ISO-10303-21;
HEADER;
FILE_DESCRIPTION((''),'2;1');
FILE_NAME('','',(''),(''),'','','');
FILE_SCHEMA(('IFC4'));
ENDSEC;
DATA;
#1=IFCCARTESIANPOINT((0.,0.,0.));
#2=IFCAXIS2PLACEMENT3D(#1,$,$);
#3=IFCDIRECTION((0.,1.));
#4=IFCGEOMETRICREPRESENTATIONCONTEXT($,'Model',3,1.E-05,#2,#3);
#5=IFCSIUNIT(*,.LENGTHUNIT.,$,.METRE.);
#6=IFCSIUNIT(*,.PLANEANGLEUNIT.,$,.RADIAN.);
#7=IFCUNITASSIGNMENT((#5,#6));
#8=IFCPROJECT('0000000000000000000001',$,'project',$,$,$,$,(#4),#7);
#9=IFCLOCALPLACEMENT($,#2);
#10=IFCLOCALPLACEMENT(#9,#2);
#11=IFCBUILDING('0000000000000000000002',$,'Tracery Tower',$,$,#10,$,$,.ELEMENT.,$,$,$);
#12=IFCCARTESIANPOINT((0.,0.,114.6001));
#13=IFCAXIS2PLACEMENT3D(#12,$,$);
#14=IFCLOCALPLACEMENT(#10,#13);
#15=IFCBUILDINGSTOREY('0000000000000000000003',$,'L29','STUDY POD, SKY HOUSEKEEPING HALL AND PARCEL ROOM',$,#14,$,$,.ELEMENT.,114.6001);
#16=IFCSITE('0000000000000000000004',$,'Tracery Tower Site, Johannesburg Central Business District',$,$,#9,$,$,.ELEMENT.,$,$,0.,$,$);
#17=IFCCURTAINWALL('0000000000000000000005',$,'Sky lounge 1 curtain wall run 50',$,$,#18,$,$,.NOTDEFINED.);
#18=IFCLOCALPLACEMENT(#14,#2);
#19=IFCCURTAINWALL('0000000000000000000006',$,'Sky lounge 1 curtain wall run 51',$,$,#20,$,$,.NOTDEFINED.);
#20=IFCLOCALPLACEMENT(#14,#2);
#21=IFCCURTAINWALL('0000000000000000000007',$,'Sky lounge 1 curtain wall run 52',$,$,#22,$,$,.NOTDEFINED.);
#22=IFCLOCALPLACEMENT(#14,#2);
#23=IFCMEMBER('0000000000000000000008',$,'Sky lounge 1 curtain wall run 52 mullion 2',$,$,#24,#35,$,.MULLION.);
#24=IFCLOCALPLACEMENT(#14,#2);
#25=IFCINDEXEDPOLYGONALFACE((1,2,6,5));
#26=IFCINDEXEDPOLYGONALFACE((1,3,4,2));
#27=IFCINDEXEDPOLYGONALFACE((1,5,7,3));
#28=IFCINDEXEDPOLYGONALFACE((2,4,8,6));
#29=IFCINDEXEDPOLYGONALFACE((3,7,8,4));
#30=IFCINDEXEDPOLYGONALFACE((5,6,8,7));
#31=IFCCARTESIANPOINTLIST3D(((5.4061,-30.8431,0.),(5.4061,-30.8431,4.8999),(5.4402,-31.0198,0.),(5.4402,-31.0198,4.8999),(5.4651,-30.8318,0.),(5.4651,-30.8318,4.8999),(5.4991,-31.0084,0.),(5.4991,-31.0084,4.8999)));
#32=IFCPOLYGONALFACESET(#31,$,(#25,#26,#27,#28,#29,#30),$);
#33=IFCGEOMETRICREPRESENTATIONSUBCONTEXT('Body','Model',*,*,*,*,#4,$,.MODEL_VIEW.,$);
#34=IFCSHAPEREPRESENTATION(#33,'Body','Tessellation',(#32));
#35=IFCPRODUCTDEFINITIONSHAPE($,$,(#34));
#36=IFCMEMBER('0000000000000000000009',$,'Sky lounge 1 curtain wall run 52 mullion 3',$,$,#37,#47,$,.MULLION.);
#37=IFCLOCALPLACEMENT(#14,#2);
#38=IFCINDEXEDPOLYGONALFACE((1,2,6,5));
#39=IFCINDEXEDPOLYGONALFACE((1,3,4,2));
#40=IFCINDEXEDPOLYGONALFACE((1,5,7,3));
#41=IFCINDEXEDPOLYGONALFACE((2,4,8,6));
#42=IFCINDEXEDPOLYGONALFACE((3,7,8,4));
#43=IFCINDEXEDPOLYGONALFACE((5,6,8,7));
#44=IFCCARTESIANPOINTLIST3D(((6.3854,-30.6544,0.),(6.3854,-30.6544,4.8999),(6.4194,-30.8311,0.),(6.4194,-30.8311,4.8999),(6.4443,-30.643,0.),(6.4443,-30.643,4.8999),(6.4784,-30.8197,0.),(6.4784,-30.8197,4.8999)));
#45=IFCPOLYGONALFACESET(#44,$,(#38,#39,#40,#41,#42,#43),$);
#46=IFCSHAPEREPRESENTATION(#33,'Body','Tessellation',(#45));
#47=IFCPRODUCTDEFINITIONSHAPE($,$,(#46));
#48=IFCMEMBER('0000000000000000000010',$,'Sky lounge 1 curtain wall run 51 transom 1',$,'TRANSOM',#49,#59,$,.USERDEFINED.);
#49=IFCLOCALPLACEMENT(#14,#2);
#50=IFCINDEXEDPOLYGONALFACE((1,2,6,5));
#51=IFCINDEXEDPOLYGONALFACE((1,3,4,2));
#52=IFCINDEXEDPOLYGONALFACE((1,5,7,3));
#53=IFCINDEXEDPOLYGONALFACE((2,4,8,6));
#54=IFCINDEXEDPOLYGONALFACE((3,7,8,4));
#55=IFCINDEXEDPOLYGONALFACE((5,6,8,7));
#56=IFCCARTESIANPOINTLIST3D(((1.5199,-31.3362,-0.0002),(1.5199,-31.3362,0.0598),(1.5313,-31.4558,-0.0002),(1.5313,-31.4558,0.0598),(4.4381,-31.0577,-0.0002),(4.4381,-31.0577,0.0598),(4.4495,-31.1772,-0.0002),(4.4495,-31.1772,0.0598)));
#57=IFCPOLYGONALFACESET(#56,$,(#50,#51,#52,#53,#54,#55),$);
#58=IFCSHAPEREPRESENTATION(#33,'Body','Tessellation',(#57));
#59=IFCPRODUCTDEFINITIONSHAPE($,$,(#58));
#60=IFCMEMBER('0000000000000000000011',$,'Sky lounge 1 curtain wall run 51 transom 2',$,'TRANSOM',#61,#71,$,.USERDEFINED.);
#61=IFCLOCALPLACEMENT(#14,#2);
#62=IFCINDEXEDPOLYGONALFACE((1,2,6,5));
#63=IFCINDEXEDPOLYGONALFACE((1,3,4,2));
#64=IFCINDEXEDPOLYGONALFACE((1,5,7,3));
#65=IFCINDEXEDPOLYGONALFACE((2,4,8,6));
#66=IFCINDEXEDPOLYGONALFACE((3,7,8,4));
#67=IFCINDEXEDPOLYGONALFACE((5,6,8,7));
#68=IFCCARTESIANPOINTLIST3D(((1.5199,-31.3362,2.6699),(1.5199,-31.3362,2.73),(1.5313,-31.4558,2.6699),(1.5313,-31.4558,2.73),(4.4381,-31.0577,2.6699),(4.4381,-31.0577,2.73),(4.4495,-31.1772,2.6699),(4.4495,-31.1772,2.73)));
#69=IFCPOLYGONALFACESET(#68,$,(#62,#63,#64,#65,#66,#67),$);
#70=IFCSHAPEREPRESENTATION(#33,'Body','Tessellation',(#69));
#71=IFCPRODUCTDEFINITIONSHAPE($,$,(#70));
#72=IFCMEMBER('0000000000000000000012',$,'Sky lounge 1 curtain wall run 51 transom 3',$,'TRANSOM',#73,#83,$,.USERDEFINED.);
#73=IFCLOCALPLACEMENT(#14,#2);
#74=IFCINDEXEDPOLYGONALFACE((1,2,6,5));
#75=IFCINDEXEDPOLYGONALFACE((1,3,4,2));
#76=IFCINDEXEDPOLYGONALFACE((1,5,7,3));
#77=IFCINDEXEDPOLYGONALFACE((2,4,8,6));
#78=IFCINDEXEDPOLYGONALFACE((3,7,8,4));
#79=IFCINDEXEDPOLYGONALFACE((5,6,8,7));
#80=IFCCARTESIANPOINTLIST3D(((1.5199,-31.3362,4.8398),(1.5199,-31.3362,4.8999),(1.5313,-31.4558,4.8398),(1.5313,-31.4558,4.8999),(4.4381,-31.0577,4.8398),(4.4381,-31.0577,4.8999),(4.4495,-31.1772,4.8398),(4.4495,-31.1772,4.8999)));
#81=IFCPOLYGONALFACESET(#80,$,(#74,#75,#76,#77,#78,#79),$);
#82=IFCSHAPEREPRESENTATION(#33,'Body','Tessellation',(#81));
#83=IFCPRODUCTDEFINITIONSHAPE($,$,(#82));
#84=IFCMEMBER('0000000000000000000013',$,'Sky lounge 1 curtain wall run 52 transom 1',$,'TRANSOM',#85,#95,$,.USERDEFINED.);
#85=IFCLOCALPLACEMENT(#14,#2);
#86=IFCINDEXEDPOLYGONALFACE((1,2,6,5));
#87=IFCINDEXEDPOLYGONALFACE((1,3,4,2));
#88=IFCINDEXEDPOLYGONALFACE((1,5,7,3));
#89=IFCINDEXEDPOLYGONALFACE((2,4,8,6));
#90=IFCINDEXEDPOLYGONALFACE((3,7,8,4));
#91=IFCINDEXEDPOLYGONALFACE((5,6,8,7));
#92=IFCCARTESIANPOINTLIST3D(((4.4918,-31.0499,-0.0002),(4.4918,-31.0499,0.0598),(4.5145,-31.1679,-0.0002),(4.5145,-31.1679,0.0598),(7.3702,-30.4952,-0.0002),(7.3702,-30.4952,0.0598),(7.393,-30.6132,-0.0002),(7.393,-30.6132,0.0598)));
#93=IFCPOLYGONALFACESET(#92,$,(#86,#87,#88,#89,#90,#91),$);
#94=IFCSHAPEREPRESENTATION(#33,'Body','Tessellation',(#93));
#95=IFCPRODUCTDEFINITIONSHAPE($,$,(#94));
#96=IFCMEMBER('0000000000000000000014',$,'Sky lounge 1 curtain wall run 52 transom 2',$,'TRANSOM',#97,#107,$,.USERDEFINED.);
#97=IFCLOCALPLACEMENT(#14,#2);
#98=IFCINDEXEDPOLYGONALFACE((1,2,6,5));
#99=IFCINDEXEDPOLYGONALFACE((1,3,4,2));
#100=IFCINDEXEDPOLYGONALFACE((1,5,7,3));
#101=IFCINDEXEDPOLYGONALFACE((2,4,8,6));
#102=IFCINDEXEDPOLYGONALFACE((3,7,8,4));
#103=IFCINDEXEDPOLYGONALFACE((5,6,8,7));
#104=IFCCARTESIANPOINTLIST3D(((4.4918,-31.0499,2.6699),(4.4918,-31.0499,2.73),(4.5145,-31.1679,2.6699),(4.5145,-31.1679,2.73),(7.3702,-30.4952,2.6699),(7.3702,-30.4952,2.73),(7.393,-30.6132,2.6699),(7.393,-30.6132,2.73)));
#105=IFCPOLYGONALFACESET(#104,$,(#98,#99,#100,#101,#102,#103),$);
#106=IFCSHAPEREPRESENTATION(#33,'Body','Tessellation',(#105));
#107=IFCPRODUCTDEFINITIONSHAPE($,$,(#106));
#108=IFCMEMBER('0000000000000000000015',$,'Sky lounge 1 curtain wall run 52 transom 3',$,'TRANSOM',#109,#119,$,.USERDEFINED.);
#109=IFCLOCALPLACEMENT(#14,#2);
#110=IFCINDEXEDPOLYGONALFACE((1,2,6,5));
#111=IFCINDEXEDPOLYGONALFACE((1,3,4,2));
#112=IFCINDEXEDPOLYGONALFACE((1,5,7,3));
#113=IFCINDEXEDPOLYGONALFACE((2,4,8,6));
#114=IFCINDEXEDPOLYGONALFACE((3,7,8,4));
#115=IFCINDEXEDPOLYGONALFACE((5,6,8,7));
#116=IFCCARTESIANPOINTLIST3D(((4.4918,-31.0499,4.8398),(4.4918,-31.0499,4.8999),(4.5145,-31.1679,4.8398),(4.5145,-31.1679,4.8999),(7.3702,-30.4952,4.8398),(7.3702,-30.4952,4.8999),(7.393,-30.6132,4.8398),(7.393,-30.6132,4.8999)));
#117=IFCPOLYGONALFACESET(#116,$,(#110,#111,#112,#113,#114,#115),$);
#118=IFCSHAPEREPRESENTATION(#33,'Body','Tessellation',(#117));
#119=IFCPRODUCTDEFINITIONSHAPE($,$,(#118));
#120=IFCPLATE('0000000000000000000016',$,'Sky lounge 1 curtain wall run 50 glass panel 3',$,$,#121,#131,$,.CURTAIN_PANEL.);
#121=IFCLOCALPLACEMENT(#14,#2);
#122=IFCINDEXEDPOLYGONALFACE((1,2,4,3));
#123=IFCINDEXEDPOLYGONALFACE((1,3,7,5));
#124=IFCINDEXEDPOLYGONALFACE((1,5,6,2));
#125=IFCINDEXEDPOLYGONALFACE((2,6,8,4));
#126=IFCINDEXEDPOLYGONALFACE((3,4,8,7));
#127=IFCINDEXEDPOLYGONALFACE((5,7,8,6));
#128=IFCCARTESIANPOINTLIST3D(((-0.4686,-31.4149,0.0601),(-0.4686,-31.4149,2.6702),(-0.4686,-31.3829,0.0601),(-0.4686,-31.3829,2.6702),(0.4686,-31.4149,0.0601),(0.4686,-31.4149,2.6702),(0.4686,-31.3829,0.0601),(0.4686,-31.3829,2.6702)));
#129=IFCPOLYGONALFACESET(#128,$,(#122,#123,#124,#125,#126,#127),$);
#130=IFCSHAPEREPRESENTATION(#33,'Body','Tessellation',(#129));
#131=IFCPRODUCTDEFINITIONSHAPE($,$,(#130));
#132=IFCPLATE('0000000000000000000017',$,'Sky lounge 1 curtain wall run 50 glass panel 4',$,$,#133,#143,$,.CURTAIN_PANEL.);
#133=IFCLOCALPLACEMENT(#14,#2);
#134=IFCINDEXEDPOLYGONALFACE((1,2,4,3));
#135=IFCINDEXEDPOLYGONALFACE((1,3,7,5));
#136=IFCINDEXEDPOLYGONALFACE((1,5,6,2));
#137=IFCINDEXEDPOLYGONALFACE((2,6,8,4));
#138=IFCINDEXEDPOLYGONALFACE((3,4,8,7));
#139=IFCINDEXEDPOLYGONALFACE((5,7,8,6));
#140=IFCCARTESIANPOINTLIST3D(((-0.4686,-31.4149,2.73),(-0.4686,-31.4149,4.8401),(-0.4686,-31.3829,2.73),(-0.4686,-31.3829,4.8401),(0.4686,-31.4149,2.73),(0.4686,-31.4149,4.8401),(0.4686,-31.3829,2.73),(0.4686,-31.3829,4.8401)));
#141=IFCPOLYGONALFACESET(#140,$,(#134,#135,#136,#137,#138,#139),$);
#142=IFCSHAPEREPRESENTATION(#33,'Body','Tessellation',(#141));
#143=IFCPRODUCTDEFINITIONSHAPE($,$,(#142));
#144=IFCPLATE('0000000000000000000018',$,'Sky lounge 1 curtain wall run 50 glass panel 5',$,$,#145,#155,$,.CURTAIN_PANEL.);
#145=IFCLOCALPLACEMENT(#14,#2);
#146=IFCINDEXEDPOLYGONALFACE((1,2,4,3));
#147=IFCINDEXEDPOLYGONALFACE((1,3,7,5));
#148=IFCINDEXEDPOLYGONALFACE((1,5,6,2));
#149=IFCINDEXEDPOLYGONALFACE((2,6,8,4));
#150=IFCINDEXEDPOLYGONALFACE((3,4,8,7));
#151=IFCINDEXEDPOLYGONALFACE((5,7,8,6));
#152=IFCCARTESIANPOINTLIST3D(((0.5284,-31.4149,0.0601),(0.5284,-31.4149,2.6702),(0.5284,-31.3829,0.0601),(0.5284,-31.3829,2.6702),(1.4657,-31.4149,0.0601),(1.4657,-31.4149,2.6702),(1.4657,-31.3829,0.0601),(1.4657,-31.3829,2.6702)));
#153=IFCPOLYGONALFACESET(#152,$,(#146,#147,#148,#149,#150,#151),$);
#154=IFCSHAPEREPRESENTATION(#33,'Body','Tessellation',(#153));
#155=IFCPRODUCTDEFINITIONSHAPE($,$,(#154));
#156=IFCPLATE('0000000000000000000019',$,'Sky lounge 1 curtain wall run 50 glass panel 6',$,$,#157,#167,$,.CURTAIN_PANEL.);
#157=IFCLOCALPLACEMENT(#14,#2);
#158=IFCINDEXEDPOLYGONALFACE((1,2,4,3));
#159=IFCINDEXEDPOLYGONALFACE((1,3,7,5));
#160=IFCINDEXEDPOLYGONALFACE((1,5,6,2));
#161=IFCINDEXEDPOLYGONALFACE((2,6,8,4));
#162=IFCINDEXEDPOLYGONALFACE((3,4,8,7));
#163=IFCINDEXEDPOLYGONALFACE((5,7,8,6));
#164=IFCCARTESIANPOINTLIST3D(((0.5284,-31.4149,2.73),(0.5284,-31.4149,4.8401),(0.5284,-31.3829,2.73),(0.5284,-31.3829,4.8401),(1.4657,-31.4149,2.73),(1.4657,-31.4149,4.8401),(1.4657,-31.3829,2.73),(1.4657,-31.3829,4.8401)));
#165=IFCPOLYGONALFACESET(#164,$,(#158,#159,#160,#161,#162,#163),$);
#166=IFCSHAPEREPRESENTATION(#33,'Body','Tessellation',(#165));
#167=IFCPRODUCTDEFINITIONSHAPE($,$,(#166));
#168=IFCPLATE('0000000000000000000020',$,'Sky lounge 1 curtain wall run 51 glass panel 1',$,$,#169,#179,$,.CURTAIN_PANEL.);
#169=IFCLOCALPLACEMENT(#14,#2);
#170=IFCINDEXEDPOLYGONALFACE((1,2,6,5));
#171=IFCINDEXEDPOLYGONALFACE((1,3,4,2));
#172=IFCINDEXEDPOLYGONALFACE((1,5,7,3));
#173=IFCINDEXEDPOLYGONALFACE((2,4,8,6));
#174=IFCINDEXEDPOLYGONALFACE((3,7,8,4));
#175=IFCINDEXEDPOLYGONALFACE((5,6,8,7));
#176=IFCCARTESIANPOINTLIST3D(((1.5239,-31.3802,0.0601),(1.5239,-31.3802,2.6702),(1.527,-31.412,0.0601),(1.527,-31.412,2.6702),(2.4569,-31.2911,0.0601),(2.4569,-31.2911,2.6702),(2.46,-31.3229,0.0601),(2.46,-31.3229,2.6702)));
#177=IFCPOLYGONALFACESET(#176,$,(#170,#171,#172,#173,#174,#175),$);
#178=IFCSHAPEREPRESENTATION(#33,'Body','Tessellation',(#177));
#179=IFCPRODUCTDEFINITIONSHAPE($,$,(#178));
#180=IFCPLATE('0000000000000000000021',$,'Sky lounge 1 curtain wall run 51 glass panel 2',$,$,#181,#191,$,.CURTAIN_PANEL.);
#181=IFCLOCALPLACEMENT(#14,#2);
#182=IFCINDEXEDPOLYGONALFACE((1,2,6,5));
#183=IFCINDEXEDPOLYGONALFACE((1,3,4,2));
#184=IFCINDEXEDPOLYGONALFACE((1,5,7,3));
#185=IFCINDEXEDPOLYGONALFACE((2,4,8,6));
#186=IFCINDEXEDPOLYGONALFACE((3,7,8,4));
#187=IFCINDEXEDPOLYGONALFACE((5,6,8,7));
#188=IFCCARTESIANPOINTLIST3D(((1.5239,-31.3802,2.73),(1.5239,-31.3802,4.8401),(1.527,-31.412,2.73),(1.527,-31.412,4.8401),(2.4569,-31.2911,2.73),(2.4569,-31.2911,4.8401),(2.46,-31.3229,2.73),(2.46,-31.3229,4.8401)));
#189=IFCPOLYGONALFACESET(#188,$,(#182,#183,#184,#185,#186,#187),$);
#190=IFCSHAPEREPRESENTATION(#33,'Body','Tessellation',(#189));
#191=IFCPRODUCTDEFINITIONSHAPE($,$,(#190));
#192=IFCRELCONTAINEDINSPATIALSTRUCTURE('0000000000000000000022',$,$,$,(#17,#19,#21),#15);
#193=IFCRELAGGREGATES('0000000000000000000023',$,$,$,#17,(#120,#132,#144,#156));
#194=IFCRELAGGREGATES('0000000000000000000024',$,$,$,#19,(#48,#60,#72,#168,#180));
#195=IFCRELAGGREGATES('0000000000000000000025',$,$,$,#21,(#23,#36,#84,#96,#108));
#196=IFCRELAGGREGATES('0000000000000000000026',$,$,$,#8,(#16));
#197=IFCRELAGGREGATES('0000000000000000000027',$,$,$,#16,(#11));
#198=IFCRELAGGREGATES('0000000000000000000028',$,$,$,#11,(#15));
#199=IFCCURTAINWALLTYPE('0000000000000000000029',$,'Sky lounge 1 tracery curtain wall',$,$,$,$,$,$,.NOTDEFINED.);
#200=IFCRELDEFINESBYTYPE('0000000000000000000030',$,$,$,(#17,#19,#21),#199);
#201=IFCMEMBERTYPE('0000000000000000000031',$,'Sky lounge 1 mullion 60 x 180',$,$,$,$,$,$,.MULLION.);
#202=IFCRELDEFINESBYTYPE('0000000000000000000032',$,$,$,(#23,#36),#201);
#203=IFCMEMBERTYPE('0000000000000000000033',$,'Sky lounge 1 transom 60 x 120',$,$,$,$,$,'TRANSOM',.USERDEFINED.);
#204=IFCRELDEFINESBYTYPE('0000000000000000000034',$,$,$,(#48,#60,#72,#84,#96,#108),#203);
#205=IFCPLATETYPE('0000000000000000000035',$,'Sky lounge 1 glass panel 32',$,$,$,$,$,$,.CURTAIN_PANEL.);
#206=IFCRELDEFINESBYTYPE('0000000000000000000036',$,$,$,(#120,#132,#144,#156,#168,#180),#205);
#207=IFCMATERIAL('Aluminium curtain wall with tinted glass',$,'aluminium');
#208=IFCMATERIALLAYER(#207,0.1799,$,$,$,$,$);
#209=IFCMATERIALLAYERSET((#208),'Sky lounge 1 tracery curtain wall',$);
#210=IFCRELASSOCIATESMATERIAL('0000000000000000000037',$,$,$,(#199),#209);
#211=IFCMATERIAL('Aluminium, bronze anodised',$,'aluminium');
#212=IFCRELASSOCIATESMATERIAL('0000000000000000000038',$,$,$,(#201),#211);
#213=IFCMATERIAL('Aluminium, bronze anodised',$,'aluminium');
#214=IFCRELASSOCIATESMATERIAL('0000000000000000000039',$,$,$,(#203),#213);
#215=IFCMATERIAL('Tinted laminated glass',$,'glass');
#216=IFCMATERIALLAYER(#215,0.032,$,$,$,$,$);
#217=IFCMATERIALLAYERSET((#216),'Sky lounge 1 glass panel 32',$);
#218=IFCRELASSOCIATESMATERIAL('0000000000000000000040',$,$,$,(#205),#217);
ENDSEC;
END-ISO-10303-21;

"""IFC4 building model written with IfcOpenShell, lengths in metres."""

from ifc_helpers import new_model, si_unit, direction, frame, origin, origin_2d, place, context, subcontext, project, spatial, rectangle, extrude, material, layer, layer_set, material_profile, profile_set, type_object, element, aggregate, save


model = new_model("IFC4")

# Units and contexts
model_context = context("Model", 3, precision=1e-05, world=origin(), true_north=direction((0.0, 1.0)))
body_context = subcontext(model_context, "Body", "Model", "MODEL_VIEW")
ifc_project = project(units=[si_unit("LENGTHUNIT", "METRE"), si_unit("PLANEANGLEUNIT", "RADIAN")], contexts=[model_context])

# Site, building, storey
site_placement = place(None, origin())
site = spatial("IfcSite", under=ifc_project, at=site_placement, Name="Tracery Tower Site, Johannesburg Central Business District", CompositionType="ELEMENT", RefElevation=0.0)
building_placement = place(site_placement, origin())
building = spatial("IfcBuilding", under=site, at=building_placement, Name="Tracery Tower", CompositionType="ELEMENT")
storey_placement = place(building_placement, frame((0.0, 0.0, 114.6001)))
storey = spatial("IfcBuildingStorey", under=building, at=storey_placement, Name="L29", Description="STUDY POD, SKY HOUSEKEEPING HALL AND PARCEL ROOM", CompositionType="ELEMENT", Elevation=114.6001)

# Curtain walls, members
ifc_material_1 = material(Name="Aluminium curtain wall with tinted glass", Category="aluminium")
ifc_layer_1 = layer(ifc_material_1, 0.1799)
ifc_layer_set_1 = layer_set([ifc_layer_1], Name="Sky lounge 1 tracery curtain wall")
curtain_wall_type = type_object("IfcCurtainWallType", Name="Sky lounge 1 tracery curtain wall", PredefinedType="NOTDEFINED", material=ifc_layer_set_1)
curtain_wall_1_placement = place(storey_placement, origin())
curtain_wall_1 = element("IfcCurtainWall", 1, at=curtain_wall_1_placement, inside=storey, type_object=curtain_wall_type, Name="Sky lounge 1 curtain wall run 50", PredefinedType="NOTDEFINED")
ifc_material_2 = material(Name="Aluminium, bronze anodised", Category="aluminium")
ifc_material_profile_1 = material_profile(ifc_material_2, rectangle(XDim=0.1799, YDim=0.0601, at=origin_2d()), Name="AL 60x180")
ifc_profile_set_1 = profile_set([ifc_material_profile_1], Name="Aluminium, bronze anodised")
member_type_1 = type_object("IfcMemberType", Name="Sky lounge 1 mullion 60 x 180", PredefinedType="MULLION", material=ifc_profile_set_1)
curtain_wall_2_placement = place(storey_placement, origin())
curtain_wall_2 = element("IfcCurtainWall", 2, at=curtain_wall_2_placement, inside=storey, type_object=curtain_wall_type, Name="Sky lounge 1 curtain wall run 51", PredefinedType="NOTDEFINED")
curtain_wall_3_placement = place(storey_placement, origin())
curtain_wall_3 = element("IfcCurtainWall", 3, at=curtain_wall_3_placement, inside=storey, type_object=curtain_wall_type, Name="Sky lounge 1 curtain wall run 52", PredefinedType="NOTDEFINED")
member_1_placement = place(storey_placement, frame((5.4526, -30.9258, 0.0), z_axis=(0.0, 0.0, 1.0), x_axis=(-0.189251, 0.981929, 0.0)))
member_1 = element("IfcMember", 4, at=member_1_placement, type_object=member_type_1, Name="Sky lounge 1 curtain wall run 52 mullion 2", PredefinedType="MULLION", context=body_context, shape_type="SweptSolid", body=[
    extrude(rectangle(XDim=0.1799, YDim=0.0601, at=origin_2d()), origin(), (0.0, 0.0, 1.0), 4.8999),
])
member_2_placement = place(storey_placement, frame((6.4319, -30.7371, 0.0), z_axis=(0.0, 0.0, 1.0), x_axis=(-0.189251, 0.981929, 0.0)))
member_2 = element("IfcMember", 5, at=member_2_placement, type_object=member_type_1, Name="Sky lounge 1 curtain wall run 52 mullion 3", PredefinedType="MULLION", context=body_context, shape_type="SweptSolid", body=[
    extrude(rectangle(XDim=0.1799, YDim=0.0601, at=origin_2d()), origin(), (0.0, 0.0, 1.0), 4.8999),
])

# Members
ifc_material_3 = material(Name="Aluminium, bronze anodised", Category="aluminium")
ifc_material_profile_2 = material_profile(ifc_material_3, rectangle(XDim=0.1201, YDim=0.0601, at=origin_2d()), Name="AL 60x120")
ifc_profile_set_2 = profile_set([ifc_material_profile_2], Name="Aluminium, bronze anodised")
member_type_2 = type_object("IfcMemberType", Name="Sky lounge 1 transom 60 x 120", ElementType="TRANSOM", PredefinedType="USERDEFINED", material=ifc_profile_set_2)
member_3_placement = place(storey_placement, frame((1.5256, -31.396, 0.0298), z_axis=(0.995475, 0.095025, 0.0), x_axis=(-0.095025, 0.995475, 0.0)))
member_3 = element("IfcMember", 6, at=member_3_placement, type_object=member_type_2, Name="Sky lounge 1 curtain wall run 51 transom 1", ObjectType="TRANSOM", PredefinedType="USERDEFINED", context=body_context, shape_type="SweptSolid", body=[
    extrude(rectangle(XDim=0.1201, YDim=0.0601, at=origin_2d()), origin(), (0.0, 0.0, 1.0), 2.9314),
])
member_4_placement = place(storey_placement, frame((1.5256, -31.396, 2.7), z_axis=(0.995475, 0.095025, 0.0), x_axis=(-0.095025, 0.995475, 0.0)))
member_4 = element("IfcMember", 7, at=member_4_placement, type_object=member_type_2, Name="Sky lounge 1 curtain wall run 51 transom 2", ObjectType="TRANSOM", PredefinedType="USERDEFINED", context=body_context, shape_type="SweptSolid", body=[
    extrude(rectangle(XDim=0.1201, YDim=0.0601, at=origin_2d()), origin(), (0.0, 0.0, 1.0), 2.9314),
])
member_5_placement = place(storey_placement, frame((1.5256, -31.396, 4.8699), z_axis=(0.995475, 0.095025, 0.0), x_axis=(-0.095025, 0.995475, 0.0)))
member_5 = element("IfcMember", 8, at=member_5_placement, type_object=member_type_2, Name="Sky lounge 1 curtain wall run 51 transom 3", ObjectType="TRANSOM", PredefinedType="USERDEFINED", context=body_context, shape_type="SweptSolid", body=[
    extrude(rectangle(XDim=0.1201, YDim=0.0601, at=origin_2d()), origin(), (0.0, 0.0, 1.0), 2.9314),
])
member_6_placement = place(storey_placement, frame((4.5032, -31.1089, 0.0298), z_axis=(0.981934, 0.189224, 0.0), x_axis=(-0.189224, 0.981934, 0.0)))
member_6 = element("IfcMember", 9, at=member_6_placement, type_object=member_type_2, Name="Sky lounge 1 curtain wall run 52 transom 1", ObjectType="TRANSOM", PredefinedType="USERDEFINED", context=body_context, shape_type="SweptSolid", body=[
    extrude(rectangle(XDim=0.1201, YDim=0.0601, at=origin_2d()), origin(), (0.0, 0.0, 1.0), 2.9314),
])
member_7_placement = place(storey_placement, frame((4.5032, -31.1089, 2.7), z_axis=(0.981934, 0.189224, 0.0), x_axis=(-0.189224, 0.981934, 0.0)))
member_7 = element("IfcMember", 10, at=member_7_placement, type_object=member_type_2, Name="Sky lounge 1 curtain wall run 52 transom 2", ObjectType="TRANSOM", PredefinedType="USERDEFINED", context=body_context, shape_type="SweptSolid", body=[
    extrude(rectangle(XDim=0.1201, YDim=0.0601, at=origin_2d()), origin(), (0.0, 0.0, 1.0), 2.9314),
])
member_8_placement = place(storey_placement, frame((4.5032, -31.1089, 4.8699), z_axis=(0.981934, 0.189224, 0.0), x_axis=(-0.189224, 0.981934, 0.0)))
member_8 = element("IfcMember", 11, at=member_8_placement, type_object=member_type_2, Name="Sky lounge 1 curtain wall run 52 transom 3", ObjectType="TRANSOM", PredefinedType="USERDEFINED", context=body_context, shape_type="SweptSolid", body=[
    extrude(rectangle(XDim=0.1201, YDim=0.0601, at=origin_2d()), origin(), (0.0, 0.0, 1.0), 2.9314),
])

# Plates
ifc_material_4 = material(Name="Tinted laminated glass", Category="glass")
ifc_layer_2 = layer(ifc_material_4, 0.032)
ifc_layer_set_2 = layer_set([ifc_layer_2], Name="Sky lounge 1 glass panel 32")
plate_type = type_object("IfcPlateType", Name="Sky lounge 1 glass panel 32", PredefinedType="CURTAIN_PANEL", material=ifc_layer_set_2)
plate_1_placement = place(storey_placement, frame((0.0, -31.3989, 0.0601), z_axis=(0.0, 0.0, 1.0), x_axis=(1.0, 0.0, 0.0)))
plate_1 = element("IfcPlate", 12, at=plate_1_placement, type_object=plate_type, Name="Sky lounge 1 curtain wall run 50 glass panel 3", PredefinedType="CURTAIN_PANEL", context=body_context, shape_type="SweptSolid", body=[
    extrude(rectangle(XDim=0.9373, YDim=0.032, at=origin_2d()), origin(), (0.0, 0.0, 1.0), 2.6101),
])
plate_2_placement = place(storey_placement, frame((0.0, -31.3989, 2.73), z_axis=(0.0, 0.0, 1.0), x_axis=(1.0, 0.0, 0.0)))
plate_2 = element("IfcPlate", 13, at=plate_2_placement, type_object=plate_type, Name="Sky lounge 1 curtain wall run 50 glass panel 4", PredefinedType="CURTAIN_PANEL", context=body_context, shape_type="SweptSolid", body=[
    extrude(rectangle(XDim=0.9373, YDim=0.032, at=origin_2d()), origin(), (0.0, 0.0, 1.0), 2.1101),
])
plate_3_placement = place(storey_placement, frame((0.9971, -31.3989, 0.0601), z_axis=(0.0, 0.0, 1.0), x_axis=(1.0, 0.0, 0.0)))
plate_3 = element("IfcPlate", 14, at=plate_3_placement, type_object=plate_type, Name="Sky lounge 1 curtain wall run 50 glass panel 5", PredefinedType="CURTAIN_PANEL", context=body_context, shape_type="SweptSolid", body=[
    extrude(rectangle(XDim=0.9373, YDim=0.032, at=origin_2d()), origin(), (0.0, 0.0, 1.0), 2.6101),
])
plate_4_placement = place(storey_placement, frame((0.9971, -31.3989, 2.73), z_axis=(0.0, 0.0, 1.0), x_axis=(1.0, 0.0, 0.0)))
plate_4 = element("IfcPlate", 15, at=plate_4_placement, type_object=plate_type, Name="Sky lounge 1 curtain wall run 50 glass panel 6", PredefinedType="CURTAIN_PANEL", context=body_context, shape_type="SweptSolid", body=[
    extrude(rectangle(XDim=0.9373, YDim=0.032, at=origin_2d()), origin(), (0.0, 0.0, 1.0), 2.1101),
])
aggregate(curtain_wall_1, [plate_1, plate_2, plate_3, plate_4])
plate_5_placement = place(storey_placement, frame((1.9919, -31.3516, 0.0601), z_axis=(0.0, 0.0, 1.0), x_axis=(0.995472, 0.095056, 0.0)))
plate_5 = element("IfcPlate", 16, at=plate_5_placement, type_object=plate_type, Name="Sky lounge 1 curtain wall run 51 glass panel 1", PredefinedType="CURTAIN_PANEL", context=body_context, shape_type="SweptSolid", body=[
    extrude(rectangle(XDim=0.9373, YDim=0.032, at=origin_2d()), origin(), (0.0, 0.0, 1.0), 2.6101),
])
plate_6_placement = place(storey_placement, frame((1.9919, -31.3516, 2.73), z_axis=(0.0, 0.0, 1.0), x_axis=(0.995472, 0.095056, 0.0)))
plate_6 = element("IfcPlate", 17, at=plate_6_placement, type_object=plate_type, Name="Sky lounge 1 curtain wall run 51 glass panel 2", PredefinedType="CURTAIN_PANEL", context=body_context, shape_type="SweptSolid", body=[
    extrude(rectangle(XDim=0.9373, YDim=0.032, at=origin_2d()), origin(), (0.0, 0.0, 1.0), 2.1101),
])
aggregate(curtain_wall_2, [member_3, member_4, member_5, plate_5, plate_6])
aggregate(curtain_wall_3, [member_1, member_2, member_6, member_7, member_8])

save(model, "model.ifc")
